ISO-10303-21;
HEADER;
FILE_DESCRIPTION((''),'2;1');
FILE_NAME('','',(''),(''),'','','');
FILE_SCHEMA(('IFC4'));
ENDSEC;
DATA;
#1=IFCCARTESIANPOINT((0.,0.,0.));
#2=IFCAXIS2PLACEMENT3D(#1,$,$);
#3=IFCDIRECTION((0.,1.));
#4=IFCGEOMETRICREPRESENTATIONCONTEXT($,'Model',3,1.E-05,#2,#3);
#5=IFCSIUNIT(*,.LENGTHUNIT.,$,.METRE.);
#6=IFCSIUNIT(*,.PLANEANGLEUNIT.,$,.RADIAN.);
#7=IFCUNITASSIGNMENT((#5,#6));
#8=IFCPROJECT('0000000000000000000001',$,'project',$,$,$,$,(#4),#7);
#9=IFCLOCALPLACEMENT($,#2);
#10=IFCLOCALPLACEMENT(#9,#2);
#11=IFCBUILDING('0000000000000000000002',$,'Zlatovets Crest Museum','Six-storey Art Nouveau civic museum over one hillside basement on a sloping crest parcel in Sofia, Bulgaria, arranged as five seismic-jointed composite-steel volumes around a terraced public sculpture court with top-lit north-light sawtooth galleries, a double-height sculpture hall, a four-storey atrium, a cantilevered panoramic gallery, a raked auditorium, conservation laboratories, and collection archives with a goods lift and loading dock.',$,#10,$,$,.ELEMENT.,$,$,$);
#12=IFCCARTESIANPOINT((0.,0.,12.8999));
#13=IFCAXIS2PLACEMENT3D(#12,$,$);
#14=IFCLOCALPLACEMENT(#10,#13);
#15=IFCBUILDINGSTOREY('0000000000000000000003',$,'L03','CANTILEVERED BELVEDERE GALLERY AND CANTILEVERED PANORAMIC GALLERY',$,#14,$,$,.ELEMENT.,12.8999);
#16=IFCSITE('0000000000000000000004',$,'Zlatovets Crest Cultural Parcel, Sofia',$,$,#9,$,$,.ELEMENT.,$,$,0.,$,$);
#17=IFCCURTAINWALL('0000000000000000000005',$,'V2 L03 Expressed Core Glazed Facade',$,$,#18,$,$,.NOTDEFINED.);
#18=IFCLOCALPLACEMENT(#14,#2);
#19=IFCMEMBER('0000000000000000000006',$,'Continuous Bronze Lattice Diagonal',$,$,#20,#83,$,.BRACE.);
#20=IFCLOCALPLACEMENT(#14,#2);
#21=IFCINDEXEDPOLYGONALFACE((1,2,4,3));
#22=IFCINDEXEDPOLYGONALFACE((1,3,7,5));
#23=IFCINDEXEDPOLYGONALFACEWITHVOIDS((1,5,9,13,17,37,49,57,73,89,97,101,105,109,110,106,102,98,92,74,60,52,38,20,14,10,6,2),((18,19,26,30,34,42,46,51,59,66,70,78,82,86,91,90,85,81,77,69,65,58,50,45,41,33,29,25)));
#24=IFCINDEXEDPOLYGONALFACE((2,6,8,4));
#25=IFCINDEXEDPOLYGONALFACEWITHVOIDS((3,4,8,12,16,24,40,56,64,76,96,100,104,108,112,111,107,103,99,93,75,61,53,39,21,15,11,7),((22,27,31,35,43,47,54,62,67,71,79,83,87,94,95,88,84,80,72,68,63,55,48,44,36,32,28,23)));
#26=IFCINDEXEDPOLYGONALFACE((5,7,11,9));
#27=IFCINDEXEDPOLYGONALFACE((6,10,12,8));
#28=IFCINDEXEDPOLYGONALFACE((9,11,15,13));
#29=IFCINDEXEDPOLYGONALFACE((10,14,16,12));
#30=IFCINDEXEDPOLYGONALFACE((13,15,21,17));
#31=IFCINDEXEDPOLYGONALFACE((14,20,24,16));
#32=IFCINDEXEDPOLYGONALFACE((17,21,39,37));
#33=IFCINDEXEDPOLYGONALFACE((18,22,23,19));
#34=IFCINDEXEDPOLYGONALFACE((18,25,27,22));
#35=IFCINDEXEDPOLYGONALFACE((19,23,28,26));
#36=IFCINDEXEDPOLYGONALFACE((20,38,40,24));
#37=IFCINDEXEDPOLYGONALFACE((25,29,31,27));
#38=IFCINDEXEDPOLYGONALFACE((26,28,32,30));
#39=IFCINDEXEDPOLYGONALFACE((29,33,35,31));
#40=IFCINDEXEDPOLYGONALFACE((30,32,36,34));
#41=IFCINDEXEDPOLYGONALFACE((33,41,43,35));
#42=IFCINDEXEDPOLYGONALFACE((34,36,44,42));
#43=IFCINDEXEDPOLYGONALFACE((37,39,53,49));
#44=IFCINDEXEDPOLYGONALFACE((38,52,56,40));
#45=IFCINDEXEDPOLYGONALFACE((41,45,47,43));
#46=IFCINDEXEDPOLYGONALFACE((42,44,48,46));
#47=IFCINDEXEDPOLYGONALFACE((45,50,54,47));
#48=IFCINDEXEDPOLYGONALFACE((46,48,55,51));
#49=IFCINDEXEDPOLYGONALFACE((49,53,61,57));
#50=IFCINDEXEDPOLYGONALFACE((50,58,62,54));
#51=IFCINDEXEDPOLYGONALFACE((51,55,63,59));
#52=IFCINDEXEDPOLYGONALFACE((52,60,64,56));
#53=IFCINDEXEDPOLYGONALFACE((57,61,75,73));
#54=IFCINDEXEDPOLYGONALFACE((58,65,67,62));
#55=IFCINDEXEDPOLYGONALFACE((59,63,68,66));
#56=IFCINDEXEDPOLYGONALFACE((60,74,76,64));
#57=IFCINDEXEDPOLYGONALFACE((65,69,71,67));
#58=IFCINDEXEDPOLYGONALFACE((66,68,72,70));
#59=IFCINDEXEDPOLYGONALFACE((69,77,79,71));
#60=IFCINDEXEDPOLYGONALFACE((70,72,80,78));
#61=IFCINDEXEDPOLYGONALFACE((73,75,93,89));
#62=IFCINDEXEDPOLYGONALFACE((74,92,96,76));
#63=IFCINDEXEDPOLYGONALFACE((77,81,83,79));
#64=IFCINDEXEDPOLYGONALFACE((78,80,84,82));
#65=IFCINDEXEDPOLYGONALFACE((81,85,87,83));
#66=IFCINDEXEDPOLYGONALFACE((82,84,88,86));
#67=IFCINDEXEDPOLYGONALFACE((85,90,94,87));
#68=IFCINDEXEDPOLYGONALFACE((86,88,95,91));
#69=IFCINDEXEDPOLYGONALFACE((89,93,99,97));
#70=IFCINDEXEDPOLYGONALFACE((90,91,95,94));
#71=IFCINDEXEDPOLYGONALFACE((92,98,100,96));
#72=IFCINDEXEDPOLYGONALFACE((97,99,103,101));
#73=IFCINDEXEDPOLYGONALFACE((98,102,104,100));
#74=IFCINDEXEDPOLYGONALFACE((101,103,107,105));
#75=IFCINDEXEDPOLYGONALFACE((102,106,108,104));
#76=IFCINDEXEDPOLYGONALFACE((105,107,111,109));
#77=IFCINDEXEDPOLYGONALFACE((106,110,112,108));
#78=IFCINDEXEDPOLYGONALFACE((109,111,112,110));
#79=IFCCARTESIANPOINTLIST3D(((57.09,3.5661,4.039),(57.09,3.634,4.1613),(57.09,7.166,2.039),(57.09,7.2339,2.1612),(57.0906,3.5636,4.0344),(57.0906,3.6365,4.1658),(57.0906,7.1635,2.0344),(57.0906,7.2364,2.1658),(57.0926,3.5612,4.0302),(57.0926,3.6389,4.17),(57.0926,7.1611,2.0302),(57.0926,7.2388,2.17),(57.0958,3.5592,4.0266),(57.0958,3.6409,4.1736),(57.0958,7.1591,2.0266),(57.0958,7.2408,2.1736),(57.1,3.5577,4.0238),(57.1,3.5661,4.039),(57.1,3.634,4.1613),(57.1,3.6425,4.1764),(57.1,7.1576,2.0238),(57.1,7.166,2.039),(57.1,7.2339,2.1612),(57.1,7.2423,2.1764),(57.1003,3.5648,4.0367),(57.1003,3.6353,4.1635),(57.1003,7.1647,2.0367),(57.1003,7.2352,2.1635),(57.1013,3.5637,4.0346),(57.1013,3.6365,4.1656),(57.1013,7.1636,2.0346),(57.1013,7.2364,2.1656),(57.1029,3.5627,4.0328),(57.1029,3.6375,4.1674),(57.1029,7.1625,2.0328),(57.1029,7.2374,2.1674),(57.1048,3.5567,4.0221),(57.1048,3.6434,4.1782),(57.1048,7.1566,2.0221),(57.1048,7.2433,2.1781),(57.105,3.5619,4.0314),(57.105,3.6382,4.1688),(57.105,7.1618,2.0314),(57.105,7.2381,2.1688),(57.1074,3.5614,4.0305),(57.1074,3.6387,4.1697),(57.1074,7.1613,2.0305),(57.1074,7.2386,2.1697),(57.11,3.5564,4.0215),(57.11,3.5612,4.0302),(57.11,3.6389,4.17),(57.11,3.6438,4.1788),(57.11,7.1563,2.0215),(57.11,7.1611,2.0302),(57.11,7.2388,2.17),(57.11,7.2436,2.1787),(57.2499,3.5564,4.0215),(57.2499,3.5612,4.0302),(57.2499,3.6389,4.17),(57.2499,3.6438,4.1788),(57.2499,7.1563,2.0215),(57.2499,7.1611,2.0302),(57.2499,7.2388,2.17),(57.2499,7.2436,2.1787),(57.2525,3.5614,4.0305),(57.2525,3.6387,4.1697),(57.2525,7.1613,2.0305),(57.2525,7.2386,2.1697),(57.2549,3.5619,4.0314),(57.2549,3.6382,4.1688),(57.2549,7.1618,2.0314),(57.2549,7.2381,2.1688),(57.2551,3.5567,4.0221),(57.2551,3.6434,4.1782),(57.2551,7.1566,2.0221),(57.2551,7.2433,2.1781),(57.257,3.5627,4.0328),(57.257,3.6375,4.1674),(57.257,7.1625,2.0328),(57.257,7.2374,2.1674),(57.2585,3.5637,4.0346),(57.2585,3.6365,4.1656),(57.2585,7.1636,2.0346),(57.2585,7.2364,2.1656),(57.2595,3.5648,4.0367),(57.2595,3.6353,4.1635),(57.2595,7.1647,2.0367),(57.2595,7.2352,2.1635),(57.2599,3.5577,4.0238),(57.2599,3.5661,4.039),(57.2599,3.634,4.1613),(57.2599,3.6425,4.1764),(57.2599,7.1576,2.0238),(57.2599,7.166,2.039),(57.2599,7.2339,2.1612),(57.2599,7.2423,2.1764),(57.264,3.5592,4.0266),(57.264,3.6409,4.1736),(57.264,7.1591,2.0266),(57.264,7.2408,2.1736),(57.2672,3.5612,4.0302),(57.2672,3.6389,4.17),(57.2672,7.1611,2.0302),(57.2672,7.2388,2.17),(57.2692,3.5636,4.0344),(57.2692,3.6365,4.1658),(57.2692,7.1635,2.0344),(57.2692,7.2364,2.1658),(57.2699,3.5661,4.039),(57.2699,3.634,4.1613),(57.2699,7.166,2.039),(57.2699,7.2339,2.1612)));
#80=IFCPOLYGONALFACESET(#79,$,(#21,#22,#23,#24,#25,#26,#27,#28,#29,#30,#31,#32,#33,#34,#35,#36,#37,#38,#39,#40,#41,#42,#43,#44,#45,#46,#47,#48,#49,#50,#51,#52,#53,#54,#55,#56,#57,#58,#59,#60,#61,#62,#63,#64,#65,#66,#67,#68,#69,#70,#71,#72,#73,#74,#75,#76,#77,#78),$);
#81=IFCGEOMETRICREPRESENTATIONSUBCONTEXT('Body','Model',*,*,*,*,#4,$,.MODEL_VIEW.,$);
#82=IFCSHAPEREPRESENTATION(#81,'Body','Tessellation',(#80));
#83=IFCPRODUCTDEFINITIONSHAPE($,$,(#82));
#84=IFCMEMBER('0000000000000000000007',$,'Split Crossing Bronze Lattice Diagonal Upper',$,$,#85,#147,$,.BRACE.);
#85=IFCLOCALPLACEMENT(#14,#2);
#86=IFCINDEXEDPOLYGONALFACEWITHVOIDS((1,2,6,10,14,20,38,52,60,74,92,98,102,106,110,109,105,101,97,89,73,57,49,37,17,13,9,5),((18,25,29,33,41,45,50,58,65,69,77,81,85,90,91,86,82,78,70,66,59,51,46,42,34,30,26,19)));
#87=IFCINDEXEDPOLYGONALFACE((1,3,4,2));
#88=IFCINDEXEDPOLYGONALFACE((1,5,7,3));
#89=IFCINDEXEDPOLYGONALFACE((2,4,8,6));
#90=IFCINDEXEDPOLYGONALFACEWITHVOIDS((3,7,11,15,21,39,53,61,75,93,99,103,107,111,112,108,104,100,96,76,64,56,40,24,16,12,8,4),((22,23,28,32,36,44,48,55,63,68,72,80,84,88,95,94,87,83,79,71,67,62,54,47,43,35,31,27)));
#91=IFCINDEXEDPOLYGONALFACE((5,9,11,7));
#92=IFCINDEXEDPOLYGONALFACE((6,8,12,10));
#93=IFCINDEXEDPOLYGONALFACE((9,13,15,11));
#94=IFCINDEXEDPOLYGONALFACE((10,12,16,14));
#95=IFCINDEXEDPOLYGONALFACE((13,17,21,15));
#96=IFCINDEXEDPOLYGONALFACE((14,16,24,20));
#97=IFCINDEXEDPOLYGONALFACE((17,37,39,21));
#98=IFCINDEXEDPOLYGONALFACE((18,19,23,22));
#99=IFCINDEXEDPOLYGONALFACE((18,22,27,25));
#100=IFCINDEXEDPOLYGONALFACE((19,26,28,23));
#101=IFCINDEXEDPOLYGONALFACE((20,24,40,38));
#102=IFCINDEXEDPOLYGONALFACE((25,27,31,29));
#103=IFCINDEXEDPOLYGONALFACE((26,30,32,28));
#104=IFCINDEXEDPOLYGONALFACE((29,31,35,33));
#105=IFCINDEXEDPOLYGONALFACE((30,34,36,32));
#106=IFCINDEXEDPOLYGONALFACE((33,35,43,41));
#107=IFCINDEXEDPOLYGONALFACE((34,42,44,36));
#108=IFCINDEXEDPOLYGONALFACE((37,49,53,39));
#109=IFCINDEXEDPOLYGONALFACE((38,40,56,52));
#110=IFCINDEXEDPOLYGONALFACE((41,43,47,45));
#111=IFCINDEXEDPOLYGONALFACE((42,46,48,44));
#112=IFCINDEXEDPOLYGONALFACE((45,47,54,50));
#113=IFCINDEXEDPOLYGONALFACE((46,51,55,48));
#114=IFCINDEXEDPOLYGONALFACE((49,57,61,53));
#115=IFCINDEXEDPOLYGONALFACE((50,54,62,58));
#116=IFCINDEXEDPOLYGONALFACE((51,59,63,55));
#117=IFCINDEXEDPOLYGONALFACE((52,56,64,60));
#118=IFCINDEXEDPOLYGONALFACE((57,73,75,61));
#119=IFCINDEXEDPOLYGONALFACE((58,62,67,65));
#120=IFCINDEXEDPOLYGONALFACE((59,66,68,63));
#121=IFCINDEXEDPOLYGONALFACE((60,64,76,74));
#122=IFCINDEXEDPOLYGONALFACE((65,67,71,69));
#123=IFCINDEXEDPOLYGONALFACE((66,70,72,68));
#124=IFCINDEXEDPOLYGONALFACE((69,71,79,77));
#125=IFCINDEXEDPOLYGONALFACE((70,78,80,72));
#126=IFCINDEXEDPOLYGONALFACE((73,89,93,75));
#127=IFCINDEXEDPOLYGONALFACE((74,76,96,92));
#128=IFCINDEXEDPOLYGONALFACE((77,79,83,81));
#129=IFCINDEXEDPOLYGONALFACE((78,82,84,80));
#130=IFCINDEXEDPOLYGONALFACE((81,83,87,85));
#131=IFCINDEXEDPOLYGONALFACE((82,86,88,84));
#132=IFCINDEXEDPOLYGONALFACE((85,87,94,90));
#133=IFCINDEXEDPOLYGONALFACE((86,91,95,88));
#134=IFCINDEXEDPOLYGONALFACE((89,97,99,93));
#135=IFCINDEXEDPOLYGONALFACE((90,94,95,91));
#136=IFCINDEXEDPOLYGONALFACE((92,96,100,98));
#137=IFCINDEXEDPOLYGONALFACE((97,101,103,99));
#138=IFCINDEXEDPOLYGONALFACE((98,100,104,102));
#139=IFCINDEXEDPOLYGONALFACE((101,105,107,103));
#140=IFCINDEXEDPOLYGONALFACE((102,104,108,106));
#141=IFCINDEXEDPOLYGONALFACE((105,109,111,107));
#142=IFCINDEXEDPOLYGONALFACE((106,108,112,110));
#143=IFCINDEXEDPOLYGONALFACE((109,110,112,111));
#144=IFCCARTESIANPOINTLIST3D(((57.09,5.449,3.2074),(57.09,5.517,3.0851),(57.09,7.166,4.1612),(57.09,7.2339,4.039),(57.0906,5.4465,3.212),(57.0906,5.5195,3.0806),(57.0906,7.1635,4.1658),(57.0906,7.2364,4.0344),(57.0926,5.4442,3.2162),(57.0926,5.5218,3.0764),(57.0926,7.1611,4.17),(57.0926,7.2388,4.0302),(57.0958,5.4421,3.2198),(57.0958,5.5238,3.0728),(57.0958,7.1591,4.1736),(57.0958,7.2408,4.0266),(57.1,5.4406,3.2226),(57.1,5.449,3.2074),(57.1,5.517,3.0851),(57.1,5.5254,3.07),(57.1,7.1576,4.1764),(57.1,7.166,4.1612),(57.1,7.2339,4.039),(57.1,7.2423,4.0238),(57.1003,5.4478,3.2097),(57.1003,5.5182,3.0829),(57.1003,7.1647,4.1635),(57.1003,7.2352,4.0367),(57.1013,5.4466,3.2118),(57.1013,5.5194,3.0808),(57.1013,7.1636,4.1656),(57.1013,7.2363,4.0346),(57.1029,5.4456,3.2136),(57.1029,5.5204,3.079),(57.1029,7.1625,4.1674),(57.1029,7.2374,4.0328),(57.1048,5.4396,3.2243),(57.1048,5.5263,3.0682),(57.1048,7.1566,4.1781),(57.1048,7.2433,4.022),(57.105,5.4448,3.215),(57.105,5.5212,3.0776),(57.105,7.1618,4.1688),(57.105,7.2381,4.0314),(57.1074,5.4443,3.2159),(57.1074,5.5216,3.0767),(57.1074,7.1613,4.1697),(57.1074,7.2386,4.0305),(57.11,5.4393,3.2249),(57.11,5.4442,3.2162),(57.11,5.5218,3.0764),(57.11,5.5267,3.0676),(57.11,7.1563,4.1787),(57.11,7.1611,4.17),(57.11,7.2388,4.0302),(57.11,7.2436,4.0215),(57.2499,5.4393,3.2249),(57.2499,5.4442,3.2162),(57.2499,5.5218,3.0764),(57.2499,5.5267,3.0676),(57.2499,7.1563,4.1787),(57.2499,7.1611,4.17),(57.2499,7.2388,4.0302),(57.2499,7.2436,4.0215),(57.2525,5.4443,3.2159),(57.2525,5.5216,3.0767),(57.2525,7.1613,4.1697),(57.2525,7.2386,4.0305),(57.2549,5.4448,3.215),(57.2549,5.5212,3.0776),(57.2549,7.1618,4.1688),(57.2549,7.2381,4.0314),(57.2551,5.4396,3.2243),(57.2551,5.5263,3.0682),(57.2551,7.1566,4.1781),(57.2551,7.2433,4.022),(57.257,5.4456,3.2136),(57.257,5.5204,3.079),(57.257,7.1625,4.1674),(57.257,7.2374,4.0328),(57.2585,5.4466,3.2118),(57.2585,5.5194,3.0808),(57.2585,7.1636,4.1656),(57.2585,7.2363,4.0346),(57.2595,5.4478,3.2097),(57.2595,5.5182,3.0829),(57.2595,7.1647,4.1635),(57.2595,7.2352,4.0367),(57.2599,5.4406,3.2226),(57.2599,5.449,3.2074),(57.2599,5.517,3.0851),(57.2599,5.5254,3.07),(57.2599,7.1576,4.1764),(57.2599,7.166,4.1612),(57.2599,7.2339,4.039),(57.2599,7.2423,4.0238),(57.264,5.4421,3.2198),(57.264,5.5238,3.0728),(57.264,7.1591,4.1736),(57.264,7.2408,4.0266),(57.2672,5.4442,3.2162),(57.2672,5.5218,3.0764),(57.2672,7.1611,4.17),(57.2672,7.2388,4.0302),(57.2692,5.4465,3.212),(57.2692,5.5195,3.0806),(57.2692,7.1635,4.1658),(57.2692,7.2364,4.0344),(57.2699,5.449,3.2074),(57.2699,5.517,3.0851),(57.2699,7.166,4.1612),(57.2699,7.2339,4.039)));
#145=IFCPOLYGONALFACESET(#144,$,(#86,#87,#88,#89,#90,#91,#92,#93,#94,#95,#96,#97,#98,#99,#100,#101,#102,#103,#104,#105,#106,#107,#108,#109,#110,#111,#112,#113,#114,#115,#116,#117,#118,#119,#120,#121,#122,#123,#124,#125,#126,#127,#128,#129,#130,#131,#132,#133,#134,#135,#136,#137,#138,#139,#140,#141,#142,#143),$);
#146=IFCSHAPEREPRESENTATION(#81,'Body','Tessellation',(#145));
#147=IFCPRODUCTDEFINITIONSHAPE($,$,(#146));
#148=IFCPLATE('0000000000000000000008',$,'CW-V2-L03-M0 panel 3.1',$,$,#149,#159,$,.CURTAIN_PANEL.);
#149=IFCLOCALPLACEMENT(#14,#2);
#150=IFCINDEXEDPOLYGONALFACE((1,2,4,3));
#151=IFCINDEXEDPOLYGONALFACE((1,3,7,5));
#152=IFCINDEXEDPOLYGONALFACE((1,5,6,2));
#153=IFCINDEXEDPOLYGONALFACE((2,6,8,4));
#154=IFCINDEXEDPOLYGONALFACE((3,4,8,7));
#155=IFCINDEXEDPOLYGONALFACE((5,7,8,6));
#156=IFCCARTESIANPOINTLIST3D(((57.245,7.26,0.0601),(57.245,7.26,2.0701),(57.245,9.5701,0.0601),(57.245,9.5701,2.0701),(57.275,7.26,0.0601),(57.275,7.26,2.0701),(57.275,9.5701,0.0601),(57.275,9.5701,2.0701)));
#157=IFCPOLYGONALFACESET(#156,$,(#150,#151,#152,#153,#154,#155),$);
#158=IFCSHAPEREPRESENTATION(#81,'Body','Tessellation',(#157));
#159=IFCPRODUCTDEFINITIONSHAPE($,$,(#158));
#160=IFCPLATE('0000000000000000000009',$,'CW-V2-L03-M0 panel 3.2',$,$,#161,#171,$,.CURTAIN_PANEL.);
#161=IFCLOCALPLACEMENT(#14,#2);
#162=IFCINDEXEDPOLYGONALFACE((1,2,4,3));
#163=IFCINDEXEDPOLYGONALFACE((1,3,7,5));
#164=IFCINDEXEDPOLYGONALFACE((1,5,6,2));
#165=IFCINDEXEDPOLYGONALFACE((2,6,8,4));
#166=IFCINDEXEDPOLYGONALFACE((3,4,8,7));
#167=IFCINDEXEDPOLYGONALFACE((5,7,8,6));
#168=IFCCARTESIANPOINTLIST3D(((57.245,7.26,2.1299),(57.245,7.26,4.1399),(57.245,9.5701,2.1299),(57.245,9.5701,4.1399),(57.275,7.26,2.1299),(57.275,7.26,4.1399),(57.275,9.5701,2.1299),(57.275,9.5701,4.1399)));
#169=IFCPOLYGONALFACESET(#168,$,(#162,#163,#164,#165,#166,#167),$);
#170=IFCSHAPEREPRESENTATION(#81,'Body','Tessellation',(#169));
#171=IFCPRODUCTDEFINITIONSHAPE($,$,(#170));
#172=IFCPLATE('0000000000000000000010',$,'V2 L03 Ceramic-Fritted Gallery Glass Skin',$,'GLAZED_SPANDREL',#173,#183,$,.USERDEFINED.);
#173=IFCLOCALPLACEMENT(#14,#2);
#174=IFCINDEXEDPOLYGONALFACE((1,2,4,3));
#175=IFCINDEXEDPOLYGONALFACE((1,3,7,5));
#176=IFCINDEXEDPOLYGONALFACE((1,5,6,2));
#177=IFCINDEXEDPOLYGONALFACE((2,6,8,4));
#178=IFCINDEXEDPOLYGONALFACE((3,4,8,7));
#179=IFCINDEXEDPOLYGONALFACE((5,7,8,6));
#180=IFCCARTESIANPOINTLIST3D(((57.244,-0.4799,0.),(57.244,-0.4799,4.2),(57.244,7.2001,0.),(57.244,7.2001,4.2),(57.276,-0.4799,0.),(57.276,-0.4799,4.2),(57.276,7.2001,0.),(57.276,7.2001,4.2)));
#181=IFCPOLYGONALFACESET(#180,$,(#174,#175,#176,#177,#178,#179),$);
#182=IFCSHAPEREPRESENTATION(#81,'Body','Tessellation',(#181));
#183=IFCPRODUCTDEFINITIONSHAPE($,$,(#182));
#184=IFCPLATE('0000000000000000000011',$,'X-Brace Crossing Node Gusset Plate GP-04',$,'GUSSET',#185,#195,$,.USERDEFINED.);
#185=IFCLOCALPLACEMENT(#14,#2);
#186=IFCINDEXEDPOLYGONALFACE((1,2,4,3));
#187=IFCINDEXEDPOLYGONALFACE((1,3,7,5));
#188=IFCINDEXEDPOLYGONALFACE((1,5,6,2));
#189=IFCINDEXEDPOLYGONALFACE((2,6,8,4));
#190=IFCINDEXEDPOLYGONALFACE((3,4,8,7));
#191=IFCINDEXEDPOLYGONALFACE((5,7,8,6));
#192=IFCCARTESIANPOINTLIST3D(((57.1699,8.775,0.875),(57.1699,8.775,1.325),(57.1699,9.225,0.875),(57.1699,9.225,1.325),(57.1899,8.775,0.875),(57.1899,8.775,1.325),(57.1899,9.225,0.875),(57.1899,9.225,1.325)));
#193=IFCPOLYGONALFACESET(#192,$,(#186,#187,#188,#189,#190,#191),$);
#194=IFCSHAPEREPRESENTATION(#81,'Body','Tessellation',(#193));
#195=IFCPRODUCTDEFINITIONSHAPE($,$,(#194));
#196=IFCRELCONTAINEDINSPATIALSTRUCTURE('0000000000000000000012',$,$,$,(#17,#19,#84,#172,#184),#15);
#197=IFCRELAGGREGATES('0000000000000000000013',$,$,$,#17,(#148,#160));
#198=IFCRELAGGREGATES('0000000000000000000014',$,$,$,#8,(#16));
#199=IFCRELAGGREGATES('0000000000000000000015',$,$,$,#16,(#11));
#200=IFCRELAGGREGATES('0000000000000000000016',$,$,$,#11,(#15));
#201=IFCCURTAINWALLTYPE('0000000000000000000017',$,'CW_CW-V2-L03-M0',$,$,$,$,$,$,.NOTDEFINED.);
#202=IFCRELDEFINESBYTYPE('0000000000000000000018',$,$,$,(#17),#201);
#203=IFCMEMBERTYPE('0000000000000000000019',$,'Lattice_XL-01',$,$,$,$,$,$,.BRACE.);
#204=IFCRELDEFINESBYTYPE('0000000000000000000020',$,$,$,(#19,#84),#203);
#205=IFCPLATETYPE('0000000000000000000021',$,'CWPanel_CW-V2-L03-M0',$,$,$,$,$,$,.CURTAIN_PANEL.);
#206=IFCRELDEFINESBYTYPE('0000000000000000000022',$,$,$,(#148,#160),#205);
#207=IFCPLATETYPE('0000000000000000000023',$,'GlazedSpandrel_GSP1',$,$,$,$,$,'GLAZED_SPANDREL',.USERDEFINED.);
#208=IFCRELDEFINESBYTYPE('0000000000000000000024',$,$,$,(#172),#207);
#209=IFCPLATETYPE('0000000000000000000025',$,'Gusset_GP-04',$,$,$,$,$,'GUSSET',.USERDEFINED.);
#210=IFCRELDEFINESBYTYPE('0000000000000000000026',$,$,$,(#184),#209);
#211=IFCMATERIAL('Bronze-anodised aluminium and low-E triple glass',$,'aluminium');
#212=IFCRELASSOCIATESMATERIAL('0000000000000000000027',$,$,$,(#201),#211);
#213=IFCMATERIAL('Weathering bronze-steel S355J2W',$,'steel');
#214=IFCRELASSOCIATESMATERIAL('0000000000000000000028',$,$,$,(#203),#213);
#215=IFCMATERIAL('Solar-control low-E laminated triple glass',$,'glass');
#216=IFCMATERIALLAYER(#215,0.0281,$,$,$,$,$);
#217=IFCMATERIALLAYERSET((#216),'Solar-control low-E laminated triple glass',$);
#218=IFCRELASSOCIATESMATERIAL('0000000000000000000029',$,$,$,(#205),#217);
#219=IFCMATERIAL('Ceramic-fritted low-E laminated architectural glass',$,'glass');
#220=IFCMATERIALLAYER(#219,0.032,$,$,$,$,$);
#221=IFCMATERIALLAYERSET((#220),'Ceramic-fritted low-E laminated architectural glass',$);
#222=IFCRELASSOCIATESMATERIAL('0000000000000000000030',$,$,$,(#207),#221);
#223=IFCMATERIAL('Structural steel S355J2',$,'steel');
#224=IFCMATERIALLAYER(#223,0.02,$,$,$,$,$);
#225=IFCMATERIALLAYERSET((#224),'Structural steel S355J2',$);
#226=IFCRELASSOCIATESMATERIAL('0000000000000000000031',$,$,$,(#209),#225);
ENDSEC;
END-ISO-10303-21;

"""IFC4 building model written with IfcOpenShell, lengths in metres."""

from ifc_helpers import new_model, si_unit, direction, frame, origin, origin_2d, place, context, subcontext, project, spatial, rectangle, hollow_rectangle, extrude, material, layer, layer_set, material_profile, profile_set, type_object, element, aggregate, save


model = new_model("IFC4")

# Units and contexts
model_context = context("Model", 3, precision=1e-05, world=origin(), true_north=direction((0.0, 1.0)))
body_context = subcontext(model_context, "Body", "Model", "MODEL_VIEW")
ifc_project = project(units=[si_unit("LENGTHUNIT", "METRE"), si_unit("PLANEANGLEUNIT", "RADIAN")], contexts=[model_context])

# Site, building, storey
site_placement = place(None, origin())
site = spatial("IfcSite", under=ifc_project, at=site_placement, Name="Zlatovets Crest Cultural Parcel, Sofia", CompositionType="ELEMENT", RefElevation=0.0)
building_placement = place(site_placement, origin())
building = spatial("IfcBuilding", under=site, at=building_placement, Name="Zlatovets Crest Museum", Description="Six-storey Art Nouveau civic museum over one hillside basement on a sloping crest parcel in Sofia, Bulgaria, arranged as five seismic-jointed composite-steel volumes around a terraced public sculpture court with top-lit north-light sawtooth galleries, a double-height sculpture hall, a four-storey atrium, a cantilevered panoramic gallery, a raked auditorium, conservation laboratories, and collection archives with a goods lift and loading dock.", CompositionType="ELEMENT")
storey_placement = place(building_placement, frame((0.0, 0.0, 12.8999)))
storey = spatial("IfcBuildingStorey", under=building, at=storey_placement, Name="L03", Description="CANTILEVERED BELVEDERE GALLERY AND CANTILEVERED PANORAMIC GALLERY", CompositionType="ELEMENT", Elevation=12.8999)

# Shared definitions
ifc_material_1 = material(Name="Structural steel S355J2", Category="steel")

# Curtain wall
ifc_material_2 = material(Name="Bronze-anodised aluminium and low-E triple glass", Category="aluminium")
curtain_wall_type = type_object("IfcCurtainWallType", Name="CW_CW-V2-L03-M0", PredefinedType="NOTDEFINED", material=ifc_material_2)
curtain_wall_placement = place(storey_placement, origin())
curtain_wall = element("IfcCurtainWall", 1, at=curtain_wall_placement, inside=storey, type_object=curtain_wall_type, Name="V2 L03 Expressed Core Glazed Facade", PredefinedType="NOTDEFINED")

# Members
ifc_material_3 = material(Name="Weathering bronze-steel S355J2W", Category="steel")
ifc_material_profile_1 = material_profile(ifc_material_3, hollow_rectangle(XDim=0.1799, YDim=0.1799, WallThickness=0.01, InnerFilletRadius=0.01, OuterFilletRadius=0.02, at=origin_2d()), Name="SHS 180x180x10.0")
ifc_profile_set_1 = profile_set([ifc_material_profile_1], Name="Weathering bronze-steel S355J2W")
member_type_1 = type_object("IfcMemberType", Name="Lattice_XL-01", PredefinedType="BRACE", material=ifc_profile_set_1)
member_1_placement = place(storey_placement, frame((57.1799, 7.2, 2.1001), z_axis=(0.0, -0.874149, 0.485658), x_axis=(1.0, 0.0, 0.0)))
element("IfcMember", 2, at=member_1_placement, inside=storey, type_object=member_type_1, Name="Continuous Bronze Lattice Diagonal", PredefinedType="BRACE", context=body_context, shape_type="SweptSolid", body=[
    extrude(hollow_rectangle(XDim=0.1799, YDim=0.1799, WallThickness=0.01, InnerFilletRadius=0.01, OuterFilletRadius=0.02, at=origin_2d()), origin(), (0.0, 0.0, 1.0), 4.1182),
])
member_2_placement = place(storey_placement, frame((57.1799, 7.2, 4.1001), z_axis=(0.0, -0.874169, -0.485622), x_axis=(1.0, 0.0, 0.0)))
element("IfcMember", 3, at=member_2_placement, inside=storey, type_object=member_type_1, Name="Split Crossing Bronze Lattice Diagonal Upper", PredefinedType="BRACE", context=body_context, shape_type="SweptSolid", body=[
    extrude(hollow_rectangle(XDim=0.1799, YDim=0.1799, WallThickness=0.01, InnerFilletRadius=0.01, OuterFilletRadius=0.02, at=origin_2d()), origin(), (0.0, 0.0, 1.0), 1.9641),
])

# Plates
ifc_material_4 = material(Name="Solar-control low-E laminated triple glass", Category="glass")
ifc_layer_1 = layer(ifc_material_4, 0.0281)
ifc_layer_set_1 = layer_set([ifc_layer_1], Name="Solar-control low-E laminated triple glass")
plate_type_1 = type_object("IfcPlateType", Name="CWPanel_CW-V2-L03-M0", PredefinedType="CURTAIN_PANEL", material=ifc_layer_set_1)
plate_1_placement = place(storey_placement, frame((57.26, 8.415, 0.0601), z_axis=(0.0, 0.0, 1.0), x_axis=(0.0, -1.0, 0.0)))
plate_1 = element("IfcPlate", 4, at=plate_1_placement, type_object=plate_type_1, Name="CW-V2-L03-M0 panel 3.1", PredefinedType="CURTAIN_PANEL", context=body_context, shape_type="SweptSolid", body=[
    extrude(rectangle(XDim=2.3101, YDim=0.03, at=origin_2d()), origin(), (0.0, 0.0, 1.0), 2.01),
])
plate_2_placement = place(storey_placement, frame((57.26, 8.415, 2.1299), z_axis=(0.0, 0.0, 1.0), x_axis=(0.0, -1.0, 0.0)))
plate_2 = element("IfcPlate", 5, at=plate_2_placement, type_object=plate_type_1, Name="CW-V2-L03-M0 panel 3.2", PredefinedType="CURTAIN_PANEL", context=body_context, shape_type="SweptSolid", body=[
    extrude(rectangle(XDim=2.3101, YDim=0.03, at=origin_2d()), origin(), (0.0, 0.0, 1.0), 2.01),
])
aggregate(curtain_wall, [plate_1, plate_2])

# Plates
ifc_material_5 = material(Name="Ceramic-fritted low-E laminated architectural glass", Category="glass")
ifc_layer_2 = layer(ifc_material_5, 0.032)
ifc_layer_set_2 = layer_set([ifc_layer_2], Name="Ceramic-fritted low-E laminated architectural glass")
plate_type_2 = type_object("IfcPlateType", Name="GlazedSpandrel_GSP1", ElementType="GLAZED_SPANDREL", PredefinedType="USERDEFINED", material=ifc_layer_set_2)
plate_3_placement = place(storey_placement, frame((57.26, 3.3601, 0.0), z_axis=(0.0, 0.0, 1.0), x_axis=(0.0, 1.0, 0.0)))
element("IfcPlate", 6, at=plate_3_placement, inside=storey, type_object=plate_type_2, Name="V2 L03 Ceramic-Fritted Gallery Glass Skin", ObjectType="GLAZED_SPANDREL", PredefinedType="USERDEFINED", context=body_context, shape_type="SweptSolid", body=[
    extrude(rectangle(XDim=7.6799, YDim=0.032, at=origin_2d()), origin(), (0.0, 0.0, 1.0), 4.2),
])
ifc_layer_3 = layer(ifc_material_1, 0.02)
ifc_layer_set_3 = layer_set([ifc_layer_3], Name="Structural steel S355J2")
plate_type_3 = type_object("IfcPlateType", Name="Gusset_GP-04", ElementType="GUSSET", PredefinedType="USERDEFINED", material=ifc_layer_set_3)
for number, where, z_axis, x_axis, name in (
    (7, (57.1799, 9.0, 0.875), (0.0, 0.0, 1.0), (1.0, 0.0, 0.0), "X-Brace Crossing Node Gusset Plate GP-04"),
):
    element("IfcPlate", number, at=place(storey_placement, frame(where, z_axis=z_axis, x_axis=x_axis)), inside=storey, type_object=plate_type_3, Name=name, ObjectType="GUSSET", PredefinedType="USERDEFINED", context=body_context, shape_type="SweptSolid", body=[
        extrude(rectangle(XDim=0.02, YDim=0.45, at=origin_2d()), origin(), (0.0, 0.0, 1.0), 0.45),
    ])

save(model, "model.ifc")
